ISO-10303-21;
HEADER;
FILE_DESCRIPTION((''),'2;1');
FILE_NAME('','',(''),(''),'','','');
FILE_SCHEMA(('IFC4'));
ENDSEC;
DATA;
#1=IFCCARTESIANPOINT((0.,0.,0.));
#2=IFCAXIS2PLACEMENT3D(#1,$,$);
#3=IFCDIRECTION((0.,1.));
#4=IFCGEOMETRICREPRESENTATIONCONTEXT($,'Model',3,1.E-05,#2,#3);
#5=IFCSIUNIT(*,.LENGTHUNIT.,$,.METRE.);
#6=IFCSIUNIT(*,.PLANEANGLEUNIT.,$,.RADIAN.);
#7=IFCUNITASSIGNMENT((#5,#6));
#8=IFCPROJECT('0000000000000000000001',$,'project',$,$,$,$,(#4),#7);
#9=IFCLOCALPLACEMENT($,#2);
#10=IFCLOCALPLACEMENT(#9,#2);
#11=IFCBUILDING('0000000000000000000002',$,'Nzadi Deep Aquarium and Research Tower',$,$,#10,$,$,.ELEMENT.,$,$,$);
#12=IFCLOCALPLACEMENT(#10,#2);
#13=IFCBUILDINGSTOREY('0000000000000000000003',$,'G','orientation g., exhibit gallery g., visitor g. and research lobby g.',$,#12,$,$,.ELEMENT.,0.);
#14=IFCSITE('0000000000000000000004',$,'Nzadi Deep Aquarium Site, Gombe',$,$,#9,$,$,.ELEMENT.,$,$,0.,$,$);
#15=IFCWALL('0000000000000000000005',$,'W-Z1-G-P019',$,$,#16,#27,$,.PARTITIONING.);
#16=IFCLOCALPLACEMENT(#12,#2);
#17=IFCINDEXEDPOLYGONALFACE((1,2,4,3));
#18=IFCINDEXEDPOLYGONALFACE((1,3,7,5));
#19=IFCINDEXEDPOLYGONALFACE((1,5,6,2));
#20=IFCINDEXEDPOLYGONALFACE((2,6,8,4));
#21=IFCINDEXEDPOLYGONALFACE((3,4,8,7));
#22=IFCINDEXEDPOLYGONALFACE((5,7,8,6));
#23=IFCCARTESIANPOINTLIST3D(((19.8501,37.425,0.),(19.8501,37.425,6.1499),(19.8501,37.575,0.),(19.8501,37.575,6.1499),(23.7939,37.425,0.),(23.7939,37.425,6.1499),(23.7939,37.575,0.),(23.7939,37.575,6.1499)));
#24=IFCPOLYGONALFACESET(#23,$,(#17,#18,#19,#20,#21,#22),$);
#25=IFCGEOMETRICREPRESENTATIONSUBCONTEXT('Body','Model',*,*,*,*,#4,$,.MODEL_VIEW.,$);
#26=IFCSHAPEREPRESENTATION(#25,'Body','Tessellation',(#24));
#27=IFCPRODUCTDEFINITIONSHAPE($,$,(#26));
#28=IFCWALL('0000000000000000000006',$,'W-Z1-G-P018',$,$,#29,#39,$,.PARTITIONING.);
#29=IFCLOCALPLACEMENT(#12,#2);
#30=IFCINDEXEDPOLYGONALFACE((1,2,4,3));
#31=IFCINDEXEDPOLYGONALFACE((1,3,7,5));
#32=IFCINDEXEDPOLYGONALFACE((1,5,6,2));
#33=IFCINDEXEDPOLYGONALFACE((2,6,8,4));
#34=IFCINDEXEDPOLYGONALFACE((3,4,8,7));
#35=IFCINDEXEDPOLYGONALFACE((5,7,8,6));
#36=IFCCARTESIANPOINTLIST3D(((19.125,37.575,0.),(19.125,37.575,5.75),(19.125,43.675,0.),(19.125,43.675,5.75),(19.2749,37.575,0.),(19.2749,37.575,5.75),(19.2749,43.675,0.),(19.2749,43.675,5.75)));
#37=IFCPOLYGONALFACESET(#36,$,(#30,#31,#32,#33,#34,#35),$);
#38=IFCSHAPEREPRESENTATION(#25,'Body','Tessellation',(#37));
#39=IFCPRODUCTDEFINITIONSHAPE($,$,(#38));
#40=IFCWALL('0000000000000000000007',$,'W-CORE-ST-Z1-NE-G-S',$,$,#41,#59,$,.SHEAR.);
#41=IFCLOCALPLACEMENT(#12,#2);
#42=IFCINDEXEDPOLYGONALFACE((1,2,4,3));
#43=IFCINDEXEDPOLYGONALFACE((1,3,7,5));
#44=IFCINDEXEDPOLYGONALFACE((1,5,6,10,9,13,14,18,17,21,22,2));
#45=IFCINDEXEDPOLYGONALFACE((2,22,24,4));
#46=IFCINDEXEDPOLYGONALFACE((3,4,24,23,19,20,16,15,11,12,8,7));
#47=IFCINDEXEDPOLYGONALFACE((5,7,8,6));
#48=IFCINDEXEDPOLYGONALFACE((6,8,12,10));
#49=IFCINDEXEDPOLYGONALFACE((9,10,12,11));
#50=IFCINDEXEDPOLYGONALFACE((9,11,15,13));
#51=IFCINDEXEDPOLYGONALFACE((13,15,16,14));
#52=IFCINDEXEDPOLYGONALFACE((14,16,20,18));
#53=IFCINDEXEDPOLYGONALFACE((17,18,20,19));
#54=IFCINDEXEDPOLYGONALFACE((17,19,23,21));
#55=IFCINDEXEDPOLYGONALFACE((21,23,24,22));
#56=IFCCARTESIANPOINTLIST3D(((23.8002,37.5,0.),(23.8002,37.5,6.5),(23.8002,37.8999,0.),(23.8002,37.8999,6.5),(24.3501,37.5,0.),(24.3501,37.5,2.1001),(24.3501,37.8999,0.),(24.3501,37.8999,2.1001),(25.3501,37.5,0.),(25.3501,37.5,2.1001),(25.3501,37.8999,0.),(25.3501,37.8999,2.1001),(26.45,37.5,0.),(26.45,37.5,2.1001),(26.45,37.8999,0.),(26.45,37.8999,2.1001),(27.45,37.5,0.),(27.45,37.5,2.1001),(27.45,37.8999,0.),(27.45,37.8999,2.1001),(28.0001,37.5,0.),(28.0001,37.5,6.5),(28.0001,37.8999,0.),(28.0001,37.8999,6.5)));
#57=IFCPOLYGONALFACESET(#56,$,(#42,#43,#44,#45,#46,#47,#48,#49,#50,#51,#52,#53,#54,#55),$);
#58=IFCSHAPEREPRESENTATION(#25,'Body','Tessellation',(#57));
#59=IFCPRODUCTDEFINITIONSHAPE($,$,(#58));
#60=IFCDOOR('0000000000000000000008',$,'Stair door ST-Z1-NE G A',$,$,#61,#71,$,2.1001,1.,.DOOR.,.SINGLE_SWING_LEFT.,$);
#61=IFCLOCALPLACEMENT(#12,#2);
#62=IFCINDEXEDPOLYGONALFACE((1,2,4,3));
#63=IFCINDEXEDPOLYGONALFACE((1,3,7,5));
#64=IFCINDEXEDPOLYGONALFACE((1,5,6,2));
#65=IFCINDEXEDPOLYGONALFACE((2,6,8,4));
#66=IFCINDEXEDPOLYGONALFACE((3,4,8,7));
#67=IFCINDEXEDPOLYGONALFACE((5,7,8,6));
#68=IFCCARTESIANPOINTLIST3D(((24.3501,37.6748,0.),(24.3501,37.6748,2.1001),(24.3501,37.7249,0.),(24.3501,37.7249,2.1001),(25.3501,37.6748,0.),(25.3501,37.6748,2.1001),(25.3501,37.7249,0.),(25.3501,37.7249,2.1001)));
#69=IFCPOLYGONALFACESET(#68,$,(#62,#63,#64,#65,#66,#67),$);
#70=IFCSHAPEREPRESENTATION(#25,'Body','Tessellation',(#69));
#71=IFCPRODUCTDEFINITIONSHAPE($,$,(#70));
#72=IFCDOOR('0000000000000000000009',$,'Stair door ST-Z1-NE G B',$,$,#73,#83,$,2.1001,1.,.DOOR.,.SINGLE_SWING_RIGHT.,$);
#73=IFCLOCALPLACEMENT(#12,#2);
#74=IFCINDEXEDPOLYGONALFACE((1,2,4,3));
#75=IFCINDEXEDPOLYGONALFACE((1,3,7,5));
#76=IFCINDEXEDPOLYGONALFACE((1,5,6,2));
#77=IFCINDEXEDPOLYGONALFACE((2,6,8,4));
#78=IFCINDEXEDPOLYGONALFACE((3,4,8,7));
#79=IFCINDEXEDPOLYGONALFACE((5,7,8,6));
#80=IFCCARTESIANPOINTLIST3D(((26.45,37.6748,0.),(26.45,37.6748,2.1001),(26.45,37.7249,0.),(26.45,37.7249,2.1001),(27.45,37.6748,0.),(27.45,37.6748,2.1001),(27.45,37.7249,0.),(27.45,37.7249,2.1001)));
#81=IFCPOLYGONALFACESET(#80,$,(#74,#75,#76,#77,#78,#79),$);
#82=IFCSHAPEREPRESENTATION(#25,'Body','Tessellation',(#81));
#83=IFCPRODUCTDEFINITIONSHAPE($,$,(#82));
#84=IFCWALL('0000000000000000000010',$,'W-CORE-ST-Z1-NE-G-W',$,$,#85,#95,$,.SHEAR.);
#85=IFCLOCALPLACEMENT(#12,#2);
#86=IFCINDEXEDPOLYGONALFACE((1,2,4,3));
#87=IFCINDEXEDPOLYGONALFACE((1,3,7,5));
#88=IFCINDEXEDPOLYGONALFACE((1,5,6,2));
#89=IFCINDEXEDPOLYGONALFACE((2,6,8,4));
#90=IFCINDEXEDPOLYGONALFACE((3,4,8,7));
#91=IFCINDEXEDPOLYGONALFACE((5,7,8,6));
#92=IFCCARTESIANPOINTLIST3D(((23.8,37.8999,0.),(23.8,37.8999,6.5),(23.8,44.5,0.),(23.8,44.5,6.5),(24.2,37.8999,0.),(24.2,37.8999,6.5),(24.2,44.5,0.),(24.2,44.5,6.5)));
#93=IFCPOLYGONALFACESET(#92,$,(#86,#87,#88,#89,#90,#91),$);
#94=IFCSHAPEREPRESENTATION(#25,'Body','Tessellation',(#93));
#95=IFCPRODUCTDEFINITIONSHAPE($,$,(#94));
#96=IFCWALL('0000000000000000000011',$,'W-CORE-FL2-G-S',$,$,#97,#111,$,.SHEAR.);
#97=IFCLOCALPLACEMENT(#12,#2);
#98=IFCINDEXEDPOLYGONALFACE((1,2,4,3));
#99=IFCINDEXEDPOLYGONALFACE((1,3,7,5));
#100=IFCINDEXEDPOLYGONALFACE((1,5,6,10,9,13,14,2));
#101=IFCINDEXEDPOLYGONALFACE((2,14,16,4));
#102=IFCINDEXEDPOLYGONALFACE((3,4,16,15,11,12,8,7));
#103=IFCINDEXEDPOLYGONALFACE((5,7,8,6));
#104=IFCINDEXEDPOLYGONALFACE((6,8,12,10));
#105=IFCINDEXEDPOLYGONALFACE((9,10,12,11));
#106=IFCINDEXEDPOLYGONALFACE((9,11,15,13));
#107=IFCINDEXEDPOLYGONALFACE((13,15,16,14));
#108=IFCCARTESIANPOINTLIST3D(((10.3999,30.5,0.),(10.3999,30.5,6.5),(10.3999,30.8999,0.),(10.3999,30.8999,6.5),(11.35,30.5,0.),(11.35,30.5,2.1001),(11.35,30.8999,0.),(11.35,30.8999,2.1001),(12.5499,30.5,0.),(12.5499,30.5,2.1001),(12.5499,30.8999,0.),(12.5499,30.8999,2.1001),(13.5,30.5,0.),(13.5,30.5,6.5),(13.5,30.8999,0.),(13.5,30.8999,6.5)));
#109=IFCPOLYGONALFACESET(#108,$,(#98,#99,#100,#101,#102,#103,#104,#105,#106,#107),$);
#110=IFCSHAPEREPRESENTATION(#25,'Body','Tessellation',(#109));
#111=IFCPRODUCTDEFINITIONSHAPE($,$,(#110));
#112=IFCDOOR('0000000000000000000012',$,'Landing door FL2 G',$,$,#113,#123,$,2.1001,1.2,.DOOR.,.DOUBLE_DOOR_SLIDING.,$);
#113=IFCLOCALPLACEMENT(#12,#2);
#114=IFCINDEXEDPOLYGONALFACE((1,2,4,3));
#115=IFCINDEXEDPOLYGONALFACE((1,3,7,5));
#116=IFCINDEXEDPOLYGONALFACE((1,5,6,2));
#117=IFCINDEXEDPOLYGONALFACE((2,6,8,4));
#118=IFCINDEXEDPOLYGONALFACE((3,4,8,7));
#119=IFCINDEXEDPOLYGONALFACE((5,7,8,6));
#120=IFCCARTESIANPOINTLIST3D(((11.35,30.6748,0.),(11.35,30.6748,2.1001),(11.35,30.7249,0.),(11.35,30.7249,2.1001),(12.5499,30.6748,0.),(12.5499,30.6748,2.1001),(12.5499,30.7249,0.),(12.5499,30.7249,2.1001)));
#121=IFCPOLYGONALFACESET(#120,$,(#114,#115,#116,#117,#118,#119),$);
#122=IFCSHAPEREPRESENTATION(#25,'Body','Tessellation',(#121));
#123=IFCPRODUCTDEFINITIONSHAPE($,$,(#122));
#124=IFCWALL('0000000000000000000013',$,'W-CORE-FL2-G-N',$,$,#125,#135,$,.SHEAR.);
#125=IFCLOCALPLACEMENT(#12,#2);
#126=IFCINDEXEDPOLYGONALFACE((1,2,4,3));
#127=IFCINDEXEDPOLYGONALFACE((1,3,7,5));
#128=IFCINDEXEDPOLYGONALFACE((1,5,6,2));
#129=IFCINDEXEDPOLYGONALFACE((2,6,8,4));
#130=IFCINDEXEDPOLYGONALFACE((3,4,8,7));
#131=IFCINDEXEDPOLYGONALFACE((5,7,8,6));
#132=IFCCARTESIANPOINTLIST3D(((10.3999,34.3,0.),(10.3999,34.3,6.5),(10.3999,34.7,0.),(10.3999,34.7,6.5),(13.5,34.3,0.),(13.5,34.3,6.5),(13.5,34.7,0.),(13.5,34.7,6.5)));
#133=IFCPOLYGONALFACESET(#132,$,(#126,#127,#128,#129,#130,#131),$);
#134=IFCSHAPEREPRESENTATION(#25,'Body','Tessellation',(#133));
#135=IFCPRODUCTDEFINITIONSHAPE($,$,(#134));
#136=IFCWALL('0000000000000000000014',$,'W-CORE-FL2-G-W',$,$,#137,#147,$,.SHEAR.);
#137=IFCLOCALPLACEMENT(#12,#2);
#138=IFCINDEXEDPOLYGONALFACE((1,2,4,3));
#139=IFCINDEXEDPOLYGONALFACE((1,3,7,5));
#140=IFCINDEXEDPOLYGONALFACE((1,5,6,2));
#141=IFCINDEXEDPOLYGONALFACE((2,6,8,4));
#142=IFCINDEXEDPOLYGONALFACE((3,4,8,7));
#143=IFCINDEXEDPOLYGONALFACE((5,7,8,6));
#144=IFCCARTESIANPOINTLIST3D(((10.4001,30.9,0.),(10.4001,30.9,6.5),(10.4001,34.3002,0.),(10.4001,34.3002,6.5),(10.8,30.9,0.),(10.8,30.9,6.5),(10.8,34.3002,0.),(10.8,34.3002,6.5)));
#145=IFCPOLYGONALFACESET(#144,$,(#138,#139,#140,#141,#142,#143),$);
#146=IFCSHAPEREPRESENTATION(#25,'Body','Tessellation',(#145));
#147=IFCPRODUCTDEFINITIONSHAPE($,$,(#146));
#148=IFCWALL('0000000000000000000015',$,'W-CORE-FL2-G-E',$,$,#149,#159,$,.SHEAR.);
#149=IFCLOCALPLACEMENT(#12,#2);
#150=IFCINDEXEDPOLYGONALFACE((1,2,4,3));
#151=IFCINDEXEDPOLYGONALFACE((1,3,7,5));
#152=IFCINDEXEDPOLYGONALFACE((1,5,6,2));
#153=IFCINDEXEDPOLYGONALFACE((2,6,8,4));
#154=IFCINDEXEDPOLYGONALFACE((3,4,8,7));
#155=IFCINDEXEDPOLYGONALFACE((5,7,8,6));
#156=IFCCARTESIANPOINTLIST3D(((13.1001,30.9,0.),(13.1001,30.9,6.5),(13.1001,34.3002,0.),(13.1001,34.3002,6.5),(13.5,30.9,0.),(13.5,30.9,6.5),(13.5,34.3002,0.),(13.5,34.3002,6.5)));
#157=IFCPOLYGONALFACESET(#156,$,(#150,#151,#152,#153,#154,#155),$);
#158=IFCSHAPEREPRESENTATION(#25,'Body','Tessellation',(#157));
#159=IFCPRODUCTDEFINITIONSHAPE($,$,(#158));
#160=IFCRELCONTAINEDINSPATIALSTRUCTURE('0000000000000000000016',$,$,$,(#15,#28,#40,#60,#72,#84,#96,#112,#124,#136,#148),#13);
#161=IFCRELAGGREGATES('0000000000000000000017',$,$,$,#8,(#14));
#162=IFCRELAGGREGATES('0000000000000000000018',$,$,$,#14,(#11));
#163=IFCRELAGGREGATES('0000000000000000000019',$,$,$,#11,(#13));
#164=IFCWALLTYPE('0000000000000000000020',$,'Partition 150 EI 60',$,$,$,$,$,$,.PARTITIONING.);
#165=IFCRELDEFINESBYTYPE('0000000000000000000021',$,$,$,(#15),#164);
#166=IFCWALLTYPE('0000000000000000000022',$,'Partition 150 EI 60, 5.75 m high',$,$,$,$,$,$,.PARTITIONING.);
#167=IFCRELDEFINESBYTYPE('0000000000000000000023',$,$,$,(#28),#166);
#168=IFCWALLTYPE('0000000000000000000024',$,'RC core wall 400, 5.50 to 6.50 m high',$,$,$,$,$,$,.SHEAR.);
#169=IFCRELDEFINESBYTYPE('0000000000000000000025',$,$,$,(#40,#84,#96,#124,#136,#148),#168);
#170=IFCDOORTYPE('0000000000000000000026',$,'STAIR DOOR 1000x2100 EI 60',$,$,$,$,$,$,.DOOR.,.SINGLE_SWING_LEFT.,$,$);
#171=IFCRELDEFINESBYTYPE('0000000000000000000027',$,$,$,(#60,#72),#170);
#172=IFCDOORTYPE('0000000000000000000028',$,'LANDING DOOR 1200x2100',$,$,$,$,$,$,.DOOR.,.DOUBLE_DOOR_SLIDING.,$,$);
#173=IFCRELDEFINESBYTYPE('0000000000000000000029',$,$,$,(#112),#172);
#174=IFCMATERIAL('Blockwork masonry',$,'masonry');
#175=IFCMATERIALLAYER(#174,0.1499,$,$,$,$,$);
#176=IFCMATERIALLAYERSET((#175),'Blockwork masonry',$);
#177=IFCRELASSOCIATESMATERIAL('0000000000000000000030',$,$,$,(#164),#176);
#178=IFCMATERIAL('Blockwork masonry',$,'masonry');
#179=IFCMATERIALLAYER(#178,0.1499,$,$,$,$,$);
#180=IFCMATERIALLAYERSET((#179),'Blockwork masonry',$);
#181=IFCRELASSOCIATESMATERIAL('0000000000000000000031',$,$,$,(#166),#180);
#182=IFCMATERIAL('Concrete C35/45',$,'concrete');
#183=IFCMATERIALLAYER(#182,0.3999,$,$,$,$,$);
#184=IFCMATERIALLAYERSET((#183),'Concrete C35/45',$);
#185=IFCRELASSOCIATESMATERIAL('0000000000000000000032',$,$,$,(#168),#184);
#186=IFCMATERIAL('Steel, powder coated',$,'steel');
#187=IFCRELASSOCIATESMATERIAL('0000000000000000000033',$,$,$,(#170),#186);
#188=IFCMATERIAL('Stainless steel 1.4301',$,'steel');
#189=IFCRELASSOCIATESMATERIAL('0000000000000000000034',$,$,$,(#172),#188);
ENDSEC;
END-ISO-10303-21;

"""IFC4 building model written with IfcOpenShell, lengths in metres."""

from ifc_helpers import new_model, si_unit, direction, frame, frame_2d, origin, place, context, subcontext, project, spatial, rectangle, extrude, material, layer, layer_set, type_object, element, fill, save


model = new_model("IFC4")

# Units and contexts
model_context = context("Model", 3, precision=1e-05, world=origin(), true_north=direction((0.0, 1.0)))
body_context = subcontext(model_context, "Body", "Model", "MODEL_VIEW")
ifc_project = project(units=[si_unit("LENGTHUNIT", "METRE"), si_unit("PLANEANGLEUNIT", "RADIAN")], contexts=[model_context])

# Site, building, storey
site_placement = place(None, origin())
site = spatial("IfcSite", under=ifc_project, at=site_placement, Name="Nzadi Deep Aquarium Site, Gombe", CompositionType="ELEMENT", RefElevation=0.0)
building_placement = place(site_placement, origin())
building = spatial("IfcBuilding", under=site, at=building_placement, Name="Nzadi Deep Aquarium and Research Tower", CompositionType="ELEMENT")
storey_placement = place(building_placement, origin())
storey = spatial("IfcBuildingStorey", under=building, at=storey_placement, Name="G", Description="orientation g., exhibit gallery g., visitor g. and research lobby g.", CompositionType="ELEMENT", Elevation=0.0)

# Shared definitions
ifc_material_1 = material(Name="Blockwork masonry", Category="masonry")
ifc_layer_1 = layer(ifc_material_1, 0.1499)
ifc_layer_set_1 = layer_set([ifc_layer_1], Name="Blockwork masonry")
wall_type_1 = type_object("IfcWallType", Name="Partition 150 EI 60", PredefinedType="PARTITIONING", material=ifc_layer_set_1)

# Walls
wall_1_placement = place(storey_placement, frame((19.8501, 37.5, 0.0), z_axis=(0.0, 0.0, 1.0), x_axis=(1.0, 0.0, 0.0)))
element("IfcWall", 1, at=wall_1_placement, inside=storey, type_object=wall_type_1, Name="W-Z1-G-P019", PredefinedType="PARTITIONING", context=body_context, shape_type="SweptSolid", body=[
    extrude(rectangle(XDim=3.9438, YDim=0.1499, at=frame_2d((1.9719, 0.0))), origin(), (0.0, 0.0, 1.0), 6.1499),
])
ifc_material_2 = material(Name="Blockwork masonry", Category="masonry")
ifc_layer_2 = layer(ifc_material_2, 0.1499)
ifc_layer_set_2 = layer_set([ifc_layer_2], Name="Blockwork masonry")
wall_type_2 = type_object("IfcWallType", Name="Partition 150 EI 60, 5.75 m high", PredefinedType="PARTITIONING", material=ifc_layer_set_2)
wall_2_placement = place(storey_placement, frame((19.2, 37.575, 0.0), z_axis=(0.0, 0.0, 1.0), x_axis=(0.0, 1.0, 0.0)))
element("IfcWall", 2, at=wall_2_placement, inside=storey, type_object=wall_type_2, Name="W-Z1-G-P018", PredefinedType="PARTITIONING", context=body_context, shape_type="SweptSolid", body=[
    extrude(rectangle(XDim=6.1001, YDim=0.1499, at=frame_2d((3.05, 0.0))), origin(), (0.0, 0.0, 1.0), 5.75),
])

# Wall, openings, doors
ifc_material_3 = material(Name="Concrete C35/45", Category="concrete")
ifc_layer_3 = layer(ifc_material_3, 0.3999)
ifc_layer_set_3 = layer_set([ifc_layer_3], Name="Concrete C35/45")
wall_type_3 = type_object("IfcWallType", Name="RC core wall 400, 5.50 to 6.50 m high", PredefinedType="SHEAR", material=ifc_layer_set_3)
wall_3_placement = place(storey_placement, frame((23.8, 37.7, 0.0), z_axis=(0.0, 0.0, 1.0), x_axis=(1.0, 0.0, 0.0)))
wall_3 = element("IfcWall", 3, at=wall_3_placement, inside=storey, type_object=wall_type_3, Name="W-CORE-ST-Z1-NE-G-S", PredefinedType="SHEAR", context=body_context, shape_type="SweptSolid", body=[
    extrude(rectangle(XDim=4.2, YDim=0.3999, at=frame_2d((2.1001, 0.0))), origin(), (0.0, 0.0, 1.0), 6.5),
])
opening_1_placement = place(wall_3_placement, frame((0.55, 0.0, 0.0)))
opening_1 = element("IfcOpeningElement", 4, at=opening_1_placement, cuts=wall_3, PredefinedType="OPENING", context=body_context, shape_type="SweptSolid", body=[
    extrude(rectangle(XDim=1.0, YDim=2.1001, at=frame_2d((0.5, 1.05))), frame((0.0, 0.21, 0.0), z_axis=(0.0, -1.0, 0.0), x_axis=(1.0, 0.0, 0.0)), (0.0, 0.0, 1.0), 0.4199),
])
opening_2_placement = place(wall_3_placement, frame((2.6499, 0.0, 0.0)))
opening_2 = element("IfcOpeningElement", 5, at=opening_2_placement, cuts=wall_3, PredefinedType="OPENING", context=body_context, shape_type="SweptSolid", body=[
    extrude(rectangle(XDim=1.0, YDim=2.1001, at=frame_2d((0.5, 1.05))), frame((0.0, 0.21, 0.0), z_axis=(0.0, -1.0, 0.0), x_axis=(1.0, 0.0, 0.0)), (0.0, 0.0, 1.0), 0.4199),
])
ifc_material_4 = material(Name="Steel, powder coated", Category="steel")
door_type_1 = type_object("IfcDoorType", Name="STAIR DOOR 1000x2100 EI 60", OperationType="SINGLE_SWING_LEFT", PredefinedType="DOOR", material=ifc_material_4)
door_1_placement = place(opening_1_placement, origin())
door_1 = element("IfcDoor", 6, at=door_1_placement, inside=storey, type_object=door_type_1, Name="Stair door ST-Z1-NE G A", OperationType="SINGLE_SWING_LEFT", OverallHeight=2.1001, OverallWidth=1.0, PredefinedType="DOOR", context=body_context, shape_type="SweptSolid", body=[
    extrude(rectangle(XDim=1.0, YDim=2.1001, at=frame_2d((0.5, 1.05))), frame((0.0, 0.0249, 0.0), z_axis=(0.0, -1.0, 0.0), x_axis=(1.0, 0.0, 0.0)), (0.0, 0.0, 1.0), 0.05),
])
fill(opening_1, door_1)
door_2_placement = place(opening_2_placement, origin())
door_2 = element("IfcDoor", 7, at=door_2_placement, inside=storey, type_object=door_type_1, Name="Stair door ST-Z1-NE G B", OperationType="SINGLE_SWING_RIGHT", OverallHeight=2.1001, OverallWidth=1.0, PredefinedType="DOOR", context=body_context, shape_type="SweptSolid", body=[
    extrude(rectangle(XDim=1.0, YDim=2.1001, at=frame_2d((0.5, 1.05))), frame((0.0, 0.0249, 0.0), z_axis=(0.0, -1.0, 0.0), x_axis=(1.0, 0.0, 0.0)), (0.0, 0.0, 1.0), 0.05),
])
fill(opening_2, door_2)

# Wall
wall_4_placement = place(storey_placement, frame((24.0, 37.8999, 0.0), z_axis=(0.0, 0.0, 1.0), x_axis=(0.0, 1.0, 0.0)))
element("IfcWall", 8, at=wall_4_placement, inside=storey, type_object=wall_type_3, Name="W-CORE-ST-Z1-NE-G-W", PredefinedType="SHEAR", context=body_context, shape_type="SweptSolid", body=[
    extrude(rectangle(XDim=6.6001, YDim=0.3999, at=frame_2d((3.3, 0.0))), origin(), (0.0, 0.0, 1.0), 6.5),
])

# Wall, opening, door
wall_5_placement = place(storey_placement, frame((10.3999, 30.7, 0.0), z_axis=(0.0, 0.0, 1.0), x_axis=(1.0, 0.0, 0.0)))
wall_5 = element("IfcWall", 9, at=wall_5_placement, inside=storey, type_object=wall_type_3, Name="W-CORE-FL2-G-S", PredefinedType="SHEAR", context=body_context, shape_type="SweptSolid", body=[
    extrude(rectangle(XDim=3.1001, YDim=0.3999, at=frame_2d((1.55, 0.0))), origin(), (0.0, 0.0, 1.0), 6.5),
])
opening_3_placement = place(wall_5_placement, frame((0.95, 0.0, 0.0)))
opening_3 = element("IfcOpeningElement", 10, at=opening_3_placement, cuts=wall_5, PredefinedType="OPENING", context=body_context, shape_type="SweptSolid", body=[
    extrude(rectangle(XDim=1.2, YDim=2.1001, at=frame_2d((0.6001, 1.05))), frame((0.0, 0.21, 0.0), z_axis=(0.0, -1.0, 0.0), x_axis=(1.0, 0.0, 0.0)), (0.0, 0.0, 1.0), 0.4199),
])
ifc_material_5 = material(Name="Stainless steel 1.4301", Category="steel")
door_type_2 = type_object("IfcDoorType", Name="LANDING DOOR 1200x2100", OperationType="DOUBLE_DOOR_SLIDING", PredefinedType="DOOR", material=ifc_material_5)
door_3_placement = place(opening_3_placement, origin())
door_3 = element("IfcDoor", 11, at=door_3_placement, inside=storey, type_object=door_type_2, Name="Landing door FL2 G", OperationType="DOUBLE_DOOR_SLIDING", OverallHeight=2.1001, OverallWidth=1.2, PredefinedType="DOOR", context=body_context, shape_type="SweptSolid", body=[
    extrude(rectangle(XDim=1.2, YDim=2.1001, at=frame_2d((0.6001, 1.05))), frame((0.0, 0.0249, 0.0), z_axis=(0.0, -1.0, 0.0), x_axis=(1.0, 0.0, 0.0)), (0.0, 0.0, 1.0), 0.05),
])
fill(opening_3, door_3)

# Walls
wall_6_placement = place(storey_placement, frame((10.3999, 34.5, 0.0), z_axis=(0.0, 0.0, 1.0), x_axis=(1.0, 0.0, 0.0)))
element("IfcWall", 12, at=wall_6_placement, inside=storey, type_object=wall_type_3, Name="W-CORE-FL2-G-N", PredefinedType="SHEAR", context=body_context, shape_type="SweptSolid", body=[
    extrude(rectangle(XDim=3.1001, YDim=0.3999, at=frame_2d((1.55, 0.0))), origin(), (0.0, 0.0, 1.0), 6.5),
])
for number, where, z_axis, x_axis, name in (
    (13, (10.6001, 30.8999, 0.0), (0.0, 0.0, 1.0), (0.0, 1.0, 0.0), "W-CORE-FL2-G-W"),
    (14, (13.3, 30.8999, 0.0), (0.0, 0.0, 1.0), (0.0, 1.0, 0.0), "W-CORE-FL2-G-E"),
):
    element("IfcWall", number, at=place(storey_placement, frame(where, z_axis=z_axis, x_axis=x_axis)), inside=storey, type_object=wall_type_3, Name=name, PredefinedType="SHEAR", context=body_context, shape_type="SweptSolid", body=[
        extrude(rectangle(XDim=3.4001, YDim=0.3999, at=frame_2d((1.7002, 0.0))), origin(), (0.0, 0.0, 1.0), 6.5),
    ])

save(model, "model.ifc")
